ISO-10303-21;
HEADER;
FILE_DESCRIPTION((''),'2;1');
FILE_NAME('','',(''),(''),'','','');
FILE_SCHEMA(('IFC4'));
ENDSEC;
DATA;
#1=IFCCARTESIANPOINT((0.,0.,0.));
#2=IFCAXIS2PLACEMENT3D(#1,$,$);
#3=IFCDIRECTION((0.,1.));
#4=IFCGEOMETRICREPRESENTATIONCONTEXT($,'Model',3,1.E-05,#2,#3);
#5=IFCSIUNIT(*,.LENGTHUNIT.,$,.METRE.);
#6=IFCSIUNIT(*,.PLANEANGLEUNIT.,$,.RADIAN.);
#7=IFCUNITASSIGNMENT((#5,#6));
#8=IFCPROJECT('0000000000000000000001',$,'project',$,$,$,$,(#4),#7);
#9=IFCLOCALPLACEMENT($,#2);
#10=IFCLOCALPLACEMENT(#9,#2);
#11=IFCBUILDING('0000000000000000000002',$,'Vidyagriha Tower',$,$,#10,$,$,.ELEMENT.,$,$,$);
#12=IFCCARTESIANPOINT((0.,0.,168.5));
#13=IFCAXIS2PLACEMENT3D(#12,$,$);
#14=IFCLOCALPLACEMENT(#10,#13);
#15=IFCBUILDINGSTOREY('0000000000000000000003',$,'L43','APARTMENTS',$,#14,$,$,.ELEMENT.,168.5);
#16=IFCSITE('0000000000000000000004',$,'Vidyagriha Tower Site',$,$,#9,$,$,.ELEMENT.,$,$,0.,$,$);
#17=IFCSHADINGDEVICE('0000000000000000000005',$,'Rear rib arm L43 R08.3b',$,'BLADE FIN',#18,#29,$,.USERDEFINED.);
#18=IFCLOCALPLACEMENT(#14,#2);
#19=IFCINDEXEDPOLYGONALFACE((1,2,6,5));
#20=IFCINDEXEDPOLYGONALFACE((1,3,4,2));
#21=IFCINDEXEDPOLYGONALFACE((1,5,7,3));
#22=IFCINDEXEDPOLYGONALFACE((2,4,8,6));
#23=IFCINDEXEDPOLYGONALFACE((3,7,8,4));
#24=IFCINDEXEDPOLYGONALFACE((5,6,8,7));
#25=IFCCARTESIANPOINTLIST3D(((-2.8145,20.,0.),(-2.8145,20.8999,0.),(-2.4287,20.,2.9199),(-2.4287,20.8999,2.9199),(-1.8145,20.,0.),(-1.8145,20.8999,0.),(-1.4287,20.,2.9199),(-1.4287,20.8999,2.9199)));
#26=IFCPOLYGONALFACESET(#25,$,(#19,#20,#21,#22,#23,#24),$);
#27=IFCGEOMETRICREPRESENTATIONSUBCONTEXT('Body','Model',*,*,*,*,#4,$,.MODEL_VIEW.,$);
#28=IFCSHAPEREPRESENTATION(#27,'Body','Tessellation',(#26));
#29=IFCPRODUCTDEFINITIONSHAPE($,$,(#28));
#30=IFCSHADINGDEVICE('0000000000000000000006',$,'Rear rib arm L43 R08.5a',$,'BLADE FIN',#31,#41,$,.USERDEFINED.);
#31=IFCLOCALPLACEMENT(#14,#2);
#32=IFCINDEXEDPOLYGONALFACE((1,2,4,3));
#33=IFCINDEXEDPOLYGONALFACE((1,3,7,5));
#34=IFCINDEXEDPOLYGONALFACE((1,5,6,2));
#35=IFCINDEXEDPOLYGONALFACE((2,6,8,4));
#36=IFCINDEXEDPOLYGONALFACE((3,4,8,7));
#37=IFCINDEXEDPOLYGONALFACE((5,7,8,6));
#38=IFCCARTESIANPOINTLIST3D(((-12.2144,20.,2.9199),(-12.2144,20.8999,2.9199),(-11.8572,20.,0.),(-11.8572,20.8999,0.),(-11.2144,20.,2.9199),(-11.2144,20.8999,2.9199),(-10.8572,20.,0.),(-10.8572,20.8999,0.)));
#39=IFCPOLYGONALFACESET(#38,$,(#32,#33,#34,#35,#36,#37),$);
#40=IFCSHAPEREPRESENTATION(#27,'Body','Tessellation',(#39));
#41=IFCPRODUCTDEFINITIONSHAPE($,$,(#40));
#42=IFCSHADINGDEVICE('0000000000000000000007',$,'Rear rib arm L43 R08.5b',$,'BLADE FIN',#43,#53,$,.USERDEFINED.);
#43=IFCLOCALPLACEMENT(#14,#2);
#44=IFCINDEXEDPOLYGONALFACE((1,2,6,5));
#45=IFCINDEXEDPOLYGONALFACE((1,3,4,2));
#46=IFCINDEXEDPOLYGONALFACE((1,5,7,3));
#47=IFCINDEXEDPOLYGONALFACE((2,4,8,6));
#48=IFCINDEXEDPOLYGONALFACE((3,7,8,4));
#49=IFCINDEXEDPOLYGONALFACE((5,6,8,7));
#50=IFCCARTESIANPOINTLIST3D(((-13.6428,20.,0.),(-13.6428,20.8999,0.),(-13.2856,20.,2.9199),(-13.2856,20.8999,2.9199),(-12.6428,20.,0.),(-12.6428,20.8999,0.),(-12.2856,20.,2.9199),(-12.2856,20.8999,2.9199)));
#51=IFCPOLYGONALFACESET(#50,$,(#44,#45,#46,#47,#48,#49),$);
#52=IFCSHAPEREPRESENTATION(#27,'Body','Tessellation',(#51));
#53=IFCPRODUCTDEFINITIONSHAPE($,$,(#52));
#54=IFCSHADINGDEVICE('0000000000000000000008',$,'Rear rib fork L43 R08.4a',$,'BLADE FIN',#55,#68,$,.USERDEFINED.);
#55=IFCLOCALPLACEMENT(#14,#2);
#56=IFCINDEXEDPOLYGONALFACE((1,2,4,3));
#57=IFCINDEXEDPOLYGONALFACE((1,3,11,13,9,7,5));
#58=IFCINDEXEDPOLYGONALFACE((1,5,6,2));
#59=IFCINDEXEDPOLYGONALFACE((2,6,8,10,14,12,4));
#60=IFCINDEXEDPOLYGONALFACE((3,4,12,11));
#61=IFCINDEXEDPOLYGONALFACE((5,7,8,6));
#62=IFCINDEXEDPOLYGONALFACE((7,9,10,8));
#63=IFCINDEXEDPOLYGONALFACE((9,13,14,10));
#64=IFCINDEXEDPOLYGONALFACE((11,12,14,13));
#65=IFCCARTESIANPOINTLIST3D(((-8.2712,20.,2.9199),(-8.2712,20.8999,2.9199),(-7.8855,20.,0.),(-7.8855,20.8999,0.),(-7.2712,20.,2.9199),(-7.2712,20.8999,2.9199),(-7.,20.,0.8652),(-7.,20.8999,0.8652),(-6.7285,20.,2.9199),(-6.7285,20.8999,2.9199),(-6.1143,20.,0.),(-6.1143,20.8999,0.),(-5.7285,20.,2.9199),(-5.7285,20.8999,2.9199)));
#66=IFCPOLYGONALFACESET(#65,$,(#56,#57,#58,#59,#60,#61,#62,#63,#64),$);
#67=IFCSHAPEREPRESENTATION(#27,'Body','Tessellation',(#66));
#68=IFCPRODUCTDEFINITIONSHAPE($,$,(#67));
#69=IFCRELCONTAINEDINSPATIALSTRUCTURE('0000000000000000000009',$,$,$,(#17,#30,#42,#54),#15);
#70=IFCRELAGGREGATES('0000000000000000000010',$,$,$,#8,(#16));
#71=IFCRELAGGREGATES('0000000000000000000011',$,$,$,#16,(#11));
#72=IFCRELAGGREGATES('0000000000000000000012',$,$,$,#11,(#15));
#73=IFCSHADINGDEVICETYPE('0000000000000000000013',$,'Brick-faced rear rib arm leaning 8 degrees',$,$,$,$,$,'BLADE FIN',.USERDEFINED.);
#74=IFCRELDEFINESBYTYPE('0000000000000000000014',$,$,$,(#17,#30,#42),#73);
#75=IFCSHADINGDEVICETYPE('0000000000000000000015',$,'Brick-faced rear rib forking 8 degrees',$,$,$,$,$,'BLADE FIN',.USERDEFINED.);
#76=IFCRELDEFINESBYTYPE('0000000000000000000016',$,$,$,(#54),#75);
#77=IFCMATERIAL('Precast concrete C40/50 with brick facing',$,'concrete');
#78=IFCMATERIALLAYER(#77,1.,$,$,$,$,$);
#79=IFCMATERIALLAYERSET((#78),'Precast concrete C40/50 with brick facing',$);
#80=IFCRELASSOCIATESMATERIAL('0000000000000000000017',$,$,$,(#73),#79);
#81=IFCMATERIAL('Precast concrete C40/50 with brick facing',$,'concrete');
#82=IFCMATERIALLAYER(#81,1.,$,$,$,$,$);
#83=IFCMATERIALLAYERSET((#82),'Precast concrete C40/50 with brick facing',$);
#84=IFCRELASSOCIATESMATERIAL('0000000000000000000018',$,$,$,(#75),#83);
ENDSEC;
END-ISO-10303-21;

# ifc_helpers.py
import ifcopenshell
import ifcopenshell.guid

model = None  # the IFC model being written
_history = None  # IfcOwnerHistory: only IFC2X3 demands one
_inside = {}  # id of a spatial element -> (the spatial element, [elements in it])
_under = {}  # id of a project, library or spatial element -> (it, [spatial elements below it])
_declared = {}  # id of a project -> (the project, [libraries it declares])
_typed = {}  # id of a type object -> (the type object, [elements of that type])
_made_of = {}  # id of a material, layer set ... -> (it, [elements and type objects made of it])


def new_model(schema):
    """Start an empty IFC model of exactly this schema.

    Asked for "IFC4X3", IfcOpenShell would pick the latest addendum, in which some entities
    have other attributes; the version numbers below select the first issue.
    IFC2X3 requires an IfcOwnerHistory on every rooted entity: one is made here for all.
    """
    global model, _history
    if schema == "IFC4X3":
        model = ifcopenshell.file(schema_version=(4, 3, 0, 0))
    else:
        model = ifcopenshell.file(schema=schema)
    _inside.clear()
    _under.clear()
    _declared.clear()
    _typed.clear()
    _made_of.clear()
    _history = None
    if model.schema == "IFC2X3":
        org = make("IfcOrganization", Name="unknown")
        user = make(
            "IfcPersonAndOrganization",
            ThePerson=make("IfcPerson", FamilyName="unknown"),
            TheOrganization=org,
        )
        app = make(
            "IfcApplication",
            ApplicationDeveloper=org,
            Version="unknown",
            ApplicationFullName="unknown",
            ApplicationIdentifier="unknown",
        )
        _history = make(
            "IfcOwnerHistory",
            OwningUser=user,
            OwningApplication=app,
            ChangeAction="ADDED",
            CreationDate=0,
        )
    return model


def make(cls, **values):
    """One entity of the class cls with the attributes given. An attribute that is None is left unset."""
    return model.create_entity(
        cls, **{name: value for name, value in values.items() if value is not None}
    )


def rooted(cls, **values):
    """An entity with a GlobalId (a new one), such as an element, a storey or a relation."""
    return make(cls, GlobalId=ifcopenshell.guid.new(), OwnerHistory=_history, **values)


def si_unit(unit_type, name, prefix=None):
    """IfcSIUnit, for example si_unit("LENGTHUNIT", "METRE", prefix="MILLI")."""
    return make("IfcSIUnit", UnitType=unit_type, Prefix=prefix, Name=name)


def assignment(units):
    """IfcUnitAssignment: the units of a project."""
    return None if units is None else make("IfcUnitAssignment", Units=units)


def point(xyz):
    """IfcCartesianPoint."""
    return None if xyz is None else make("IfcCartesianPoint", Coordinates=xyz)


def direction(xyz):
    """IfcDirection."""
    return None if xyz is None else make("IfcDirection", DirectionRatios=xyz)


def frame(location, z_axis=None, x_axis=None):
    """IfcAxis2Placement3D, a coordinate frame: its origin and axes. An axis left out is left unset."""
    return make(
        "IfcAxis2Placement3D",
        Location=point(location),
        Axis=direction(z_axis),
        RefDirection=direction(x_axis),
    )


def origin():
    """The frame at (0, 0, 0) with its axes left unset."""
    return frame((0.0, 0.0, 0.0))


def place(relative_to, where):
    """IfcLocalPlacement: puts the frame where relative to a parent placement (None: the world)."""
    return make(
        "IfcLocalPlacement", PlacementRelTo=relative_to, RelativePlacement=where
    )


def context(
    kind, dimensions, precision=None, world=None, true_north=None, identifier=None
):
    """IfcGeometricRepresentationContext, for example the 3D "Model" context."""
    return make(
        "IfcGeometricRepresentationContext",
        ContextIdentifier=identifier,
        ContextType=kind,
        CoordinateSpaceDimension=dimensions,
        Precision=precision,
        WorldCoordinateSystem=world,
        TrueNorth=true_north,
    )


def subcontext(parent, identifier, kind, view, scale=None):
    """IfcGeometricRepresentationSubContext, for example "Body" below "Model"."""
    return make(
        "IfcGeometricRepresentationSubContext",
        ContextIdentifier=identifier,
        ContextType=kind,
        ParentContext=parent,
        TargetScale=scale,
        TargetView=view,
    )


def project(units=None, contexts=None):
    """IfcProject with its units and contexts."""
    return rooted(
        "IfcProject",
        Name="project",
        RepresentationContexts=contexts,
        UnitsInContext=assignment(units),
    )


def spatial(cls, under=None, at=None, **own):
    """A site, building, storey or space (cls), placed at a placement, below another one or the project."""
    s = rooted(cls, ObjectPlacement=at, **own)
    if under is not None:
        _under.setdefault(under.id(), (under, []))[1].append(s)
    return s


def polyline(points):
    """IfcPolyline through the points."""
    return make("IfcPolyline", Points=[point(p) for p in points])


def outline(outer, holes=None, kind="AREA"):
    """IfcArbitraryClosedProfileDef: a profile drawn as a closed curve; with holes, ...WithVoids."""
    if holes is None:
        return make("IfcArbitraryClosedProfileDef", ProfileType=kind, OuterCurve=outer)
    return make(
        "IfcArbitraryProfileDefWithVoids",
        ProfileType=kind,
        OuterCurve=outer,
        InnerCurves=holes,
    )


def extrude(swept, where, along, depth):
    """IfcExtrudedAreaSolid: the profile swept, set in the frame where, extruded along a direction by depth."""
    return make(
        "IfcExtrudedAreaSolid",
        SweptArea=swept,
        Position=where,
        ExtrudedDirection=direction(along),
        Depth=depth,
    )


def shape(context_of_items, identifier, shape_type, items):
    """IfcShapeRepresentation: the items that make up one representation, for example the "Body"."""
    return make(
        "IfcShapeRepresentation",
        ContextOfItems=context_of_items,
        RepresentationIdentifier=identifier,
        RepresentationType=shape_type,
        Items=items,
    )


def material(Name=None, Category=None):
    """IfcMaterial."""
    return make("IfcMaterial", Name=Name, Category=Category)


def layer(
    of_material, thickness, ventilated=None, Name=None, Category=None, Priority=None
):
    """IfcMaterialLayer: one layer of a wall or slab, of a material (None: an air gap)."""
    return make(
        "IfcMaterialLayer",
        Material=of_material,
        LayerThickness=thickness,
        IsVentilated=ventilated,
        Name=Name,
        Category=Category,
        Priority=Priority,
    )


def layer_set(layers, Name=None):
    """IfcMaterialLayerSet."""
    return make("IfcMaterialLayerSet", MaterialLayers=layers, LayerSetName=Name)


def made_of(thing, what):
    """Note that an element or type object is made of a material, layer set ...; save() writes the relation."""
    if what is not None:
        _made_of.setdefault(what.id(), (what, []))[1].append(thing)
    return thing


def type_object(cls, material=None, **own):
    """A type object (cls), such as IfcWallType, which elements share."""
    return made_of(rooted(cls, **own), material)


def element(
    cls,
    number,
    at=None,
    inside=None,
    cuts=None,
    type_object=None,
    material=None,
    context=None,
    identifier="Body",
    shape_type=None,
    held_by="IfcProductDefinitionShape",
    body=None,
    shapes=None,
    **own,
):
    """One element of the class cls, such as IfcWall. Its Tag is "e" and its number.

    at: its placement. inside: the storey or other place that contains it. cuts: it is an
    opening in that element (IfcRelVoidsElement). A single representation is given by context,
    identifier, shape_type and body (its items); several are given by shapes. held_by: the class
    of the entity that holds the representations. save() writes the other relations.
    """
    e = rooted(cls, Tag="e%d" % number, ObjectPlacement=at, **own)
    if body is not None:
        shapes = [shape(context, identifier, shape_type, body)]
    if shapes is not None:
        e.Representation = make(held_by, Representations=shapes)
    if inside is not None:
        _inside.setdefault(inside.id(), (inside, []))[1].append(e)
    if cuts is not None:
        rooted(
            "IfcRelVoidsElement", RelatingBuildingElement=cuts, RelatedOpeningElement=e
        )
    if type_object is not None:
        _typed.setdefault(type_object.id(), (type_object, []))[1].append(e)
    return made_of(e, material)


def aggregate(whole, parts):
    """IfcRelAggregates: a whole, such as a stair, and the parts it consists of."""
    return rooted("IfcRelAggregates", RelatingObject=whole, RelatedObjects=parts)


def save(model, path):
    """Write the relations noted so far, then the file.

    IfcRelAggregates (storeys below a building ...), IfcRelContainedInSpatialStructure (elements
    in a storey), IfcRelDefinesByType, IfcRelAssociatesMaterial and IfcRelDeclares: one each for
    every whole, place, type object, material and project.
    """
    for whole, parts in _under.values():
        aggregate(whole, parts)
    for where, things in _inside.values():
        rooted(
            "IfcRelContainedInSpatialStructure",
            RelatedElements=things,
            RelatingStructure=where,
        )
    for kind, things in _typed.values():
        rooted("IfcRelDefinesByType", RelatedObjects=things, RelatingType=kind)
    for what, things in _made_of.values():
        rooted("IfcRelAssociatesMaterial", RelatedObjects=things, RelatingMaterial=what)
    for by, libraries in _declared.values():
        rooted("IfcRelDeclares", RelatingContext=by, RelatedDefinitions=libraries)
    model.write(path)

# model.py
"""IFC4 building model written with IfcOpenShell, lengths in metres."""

from ifc_helpers import new_model, si_unit, direction, frame, origin, place, context, subcontext, project, spatial, polyline, outline, extrude, material, layer, layer_set, type_object, element, save


model = new_model("IFC4")

# Units and contexts
model_context = context("Model", 3, precision=1e-05, world=origin(), true_north=direction((0.0, 1.0)))
body_context = subcontext(model_context, "Body", "Model", "MODEL_VIEW")
ifc_project = project(units=[si_unit("LENGTHUNIT", "METRE"), si_unit("PLANEANGLEUNIT", "RADIAN")], contexts=[model_context])

# Site, building, storey
site_placement = place(None, origin())
site = spatial("IfcSite", under=ifc_project, at=site_placement, Name="Vidyagriha Tower Site", CompositionType="ELEMENT", RefElevation=0.0)
building_placement = place(site_placement, origin())
building = spatial("IfcBuilding", under=site, at=building_placement, Name="Vidyagriha Tower", CompositionType="ELEMENT")
storey_placement = place(building_placement, frame((0.0, 0.0, 168.5)))
storey = spatial("IfcBuildingStorey", under=building, at=storey_placement, Name="L43", Description="APARTMENTS", CompositionType="ELEMENT", Elevation=168.5)

# Shading devices
ifc_material_1 = material(Name="Precast concrete C40/50 with brick facing", Category="concrete")
ifc_layer_1 = layer(ifc_material_1, 1.0)
ifc_layer_set_1 = layer_set([ifc_layer_1], Name="Precast concrete C40/50 with brick facing")
shading_device_type_1 = type_object("IfcShadingDeviceType", Name="Brick-faced rear rib arm leaning 8 degrees", ElementType="BLADE FIN", PredefinedType="USERDEFINED", material=ifc_layer_set_1)
shading_device_1_placement = place(storey_placement, frame((-1.4287, 20.45, 0.0), z_axis=(0.0, 0.0, 1.0), x_axis=(-1.0, 0.0, 0.0)))
element("IfcShadingDevice", 1, at=shading_device_1_placement, inside=storey, type_object=shading_device_type_1, Name="Rear rib arm L43 R08.3b", ObjectType="BLADE FIN", PredefinedType="USERDEFINED", context=body_context, shape_type="SweptSolid", body=[
    extrude(outline(polyline([(0.3857, 0.0), (1.3857, 0.0), (1.0, 2.9199), (0.0, 2.9199), (0.3857, 0.0)])), frame((0.0, 0.45, 0.0), z_axis=(0.0, -1.0, 0.0), x_axis=(1.0, 0.0, 0.0)), (0.0, 0.0, 1.0), 0.8999),
])
shading_device_2_placement = place(storey_placement, frame((-10.8572, 20.45, 0.0), z_axis=(0.0, 0.0, 1.0), x_axis=(-1.0, 0.0, 0.0)))
element("IfcShadingDevice", 2, at=shading_device_2_placement, inside=storey, type_object=shading_device_type_1, Name="Rear rib arm L43 R08.5a", ObjectType="BLADE FIN", PredefinedType="USERDEFINED", context=body_context, shape_type="SweptSolid", body=[
    extrude(outline(polyline([(0.0, 0.0), (1.0, 0.0), (1.3572, 2.9199), (0.3572, 2.9199), (0.0, 0.0)])), frame((0.0, 0.45, 0.0), z_axis=(0.0, -1.0, 0.0), x_axis=(1.0, 0.0, 0.0)), (0.0, 0.0, 1.0), 0.8999),
])
shading_device_3_placement = place(storey_placement, frame((-12.2856, 20.45, 0.0), z_axis=(0.0, 0.0, 1.0), x_axis=(-1.0, 0.0, 0.0)))
element("IfcShadingDevice", 3, at=shading_device_3_placement, inside=storey, type_object=shading_device_type_1, Name="Rear rib arm L43 R08.5b", ObjectType="BLADE FIN", PredefinedType="USERDEFINED", context=body_context, shape_type="SweptSolid", body=[
    extrude(outline(polyline([(0.3572, 0.0), (1.3572, 0.0), (1.0, 2.9199), (0.0, 2.9199), (0.3572, 0.0)])), frame((0.0, 0.45, 0.0), z_axis=(0.0, -1.0, 0.0), x_axis=(1.0, 0.0, 0.0)), (0.0, 0.0, 1.0), 0.8999),
])
ifc_material_2 = material(Name="Precast concrete C40/50 with brick facing", Category="concrete")
ifc_layer_2 = layer(ifc_material_2, 1.0)
ifc_layer_set_2 = layer_set([ifc_layer_2], Name="Precast concrete C40/50 with brick facing")
shading_device_type_2 = type_object("IfcShadingDeviceType", Name="Brick-faced rear rib forking 8 degrees", ElementType="BLADE FIN", PredefinedType="USERDEFINED", material=ifc_layer_set_2)
shading_device_4_placement = place(storey_placement, frame((-5.7285, 20.45, 0.0), z_axis=(0.0, 0.0, 1.0), x_axis=(-1.0, 0.0, 0.0)))
element("IfcShadingDevice", 4, at=shading_device_4_placement, inside=storey, type_object=shading_device_type_2, Name="Rear rib fork L43 R08.4a", ObjectType="BLADE FIN", PredefinedType="USERDEFINED", context=body_context, shape_type="SweptSolid", body=[
    extrude(outline(polyline([(0.3857, 0.0), (2.157, 0.0), (2.5427, 2.9199), (1.5427, 2.9199), (1.2715, 0.8652), (1.0, 2.9199), (0.0, 2.9199), (0.3857, 0.0)])), frame((0.0, 0.45, 0.0), z_axis=(0.0, -1.0, 0.0), x_axis=(1.0, 0.0, 0.0)), (0.0, 0.0, 1.0), 0.8999),
])

save(model, "model.ifc")
